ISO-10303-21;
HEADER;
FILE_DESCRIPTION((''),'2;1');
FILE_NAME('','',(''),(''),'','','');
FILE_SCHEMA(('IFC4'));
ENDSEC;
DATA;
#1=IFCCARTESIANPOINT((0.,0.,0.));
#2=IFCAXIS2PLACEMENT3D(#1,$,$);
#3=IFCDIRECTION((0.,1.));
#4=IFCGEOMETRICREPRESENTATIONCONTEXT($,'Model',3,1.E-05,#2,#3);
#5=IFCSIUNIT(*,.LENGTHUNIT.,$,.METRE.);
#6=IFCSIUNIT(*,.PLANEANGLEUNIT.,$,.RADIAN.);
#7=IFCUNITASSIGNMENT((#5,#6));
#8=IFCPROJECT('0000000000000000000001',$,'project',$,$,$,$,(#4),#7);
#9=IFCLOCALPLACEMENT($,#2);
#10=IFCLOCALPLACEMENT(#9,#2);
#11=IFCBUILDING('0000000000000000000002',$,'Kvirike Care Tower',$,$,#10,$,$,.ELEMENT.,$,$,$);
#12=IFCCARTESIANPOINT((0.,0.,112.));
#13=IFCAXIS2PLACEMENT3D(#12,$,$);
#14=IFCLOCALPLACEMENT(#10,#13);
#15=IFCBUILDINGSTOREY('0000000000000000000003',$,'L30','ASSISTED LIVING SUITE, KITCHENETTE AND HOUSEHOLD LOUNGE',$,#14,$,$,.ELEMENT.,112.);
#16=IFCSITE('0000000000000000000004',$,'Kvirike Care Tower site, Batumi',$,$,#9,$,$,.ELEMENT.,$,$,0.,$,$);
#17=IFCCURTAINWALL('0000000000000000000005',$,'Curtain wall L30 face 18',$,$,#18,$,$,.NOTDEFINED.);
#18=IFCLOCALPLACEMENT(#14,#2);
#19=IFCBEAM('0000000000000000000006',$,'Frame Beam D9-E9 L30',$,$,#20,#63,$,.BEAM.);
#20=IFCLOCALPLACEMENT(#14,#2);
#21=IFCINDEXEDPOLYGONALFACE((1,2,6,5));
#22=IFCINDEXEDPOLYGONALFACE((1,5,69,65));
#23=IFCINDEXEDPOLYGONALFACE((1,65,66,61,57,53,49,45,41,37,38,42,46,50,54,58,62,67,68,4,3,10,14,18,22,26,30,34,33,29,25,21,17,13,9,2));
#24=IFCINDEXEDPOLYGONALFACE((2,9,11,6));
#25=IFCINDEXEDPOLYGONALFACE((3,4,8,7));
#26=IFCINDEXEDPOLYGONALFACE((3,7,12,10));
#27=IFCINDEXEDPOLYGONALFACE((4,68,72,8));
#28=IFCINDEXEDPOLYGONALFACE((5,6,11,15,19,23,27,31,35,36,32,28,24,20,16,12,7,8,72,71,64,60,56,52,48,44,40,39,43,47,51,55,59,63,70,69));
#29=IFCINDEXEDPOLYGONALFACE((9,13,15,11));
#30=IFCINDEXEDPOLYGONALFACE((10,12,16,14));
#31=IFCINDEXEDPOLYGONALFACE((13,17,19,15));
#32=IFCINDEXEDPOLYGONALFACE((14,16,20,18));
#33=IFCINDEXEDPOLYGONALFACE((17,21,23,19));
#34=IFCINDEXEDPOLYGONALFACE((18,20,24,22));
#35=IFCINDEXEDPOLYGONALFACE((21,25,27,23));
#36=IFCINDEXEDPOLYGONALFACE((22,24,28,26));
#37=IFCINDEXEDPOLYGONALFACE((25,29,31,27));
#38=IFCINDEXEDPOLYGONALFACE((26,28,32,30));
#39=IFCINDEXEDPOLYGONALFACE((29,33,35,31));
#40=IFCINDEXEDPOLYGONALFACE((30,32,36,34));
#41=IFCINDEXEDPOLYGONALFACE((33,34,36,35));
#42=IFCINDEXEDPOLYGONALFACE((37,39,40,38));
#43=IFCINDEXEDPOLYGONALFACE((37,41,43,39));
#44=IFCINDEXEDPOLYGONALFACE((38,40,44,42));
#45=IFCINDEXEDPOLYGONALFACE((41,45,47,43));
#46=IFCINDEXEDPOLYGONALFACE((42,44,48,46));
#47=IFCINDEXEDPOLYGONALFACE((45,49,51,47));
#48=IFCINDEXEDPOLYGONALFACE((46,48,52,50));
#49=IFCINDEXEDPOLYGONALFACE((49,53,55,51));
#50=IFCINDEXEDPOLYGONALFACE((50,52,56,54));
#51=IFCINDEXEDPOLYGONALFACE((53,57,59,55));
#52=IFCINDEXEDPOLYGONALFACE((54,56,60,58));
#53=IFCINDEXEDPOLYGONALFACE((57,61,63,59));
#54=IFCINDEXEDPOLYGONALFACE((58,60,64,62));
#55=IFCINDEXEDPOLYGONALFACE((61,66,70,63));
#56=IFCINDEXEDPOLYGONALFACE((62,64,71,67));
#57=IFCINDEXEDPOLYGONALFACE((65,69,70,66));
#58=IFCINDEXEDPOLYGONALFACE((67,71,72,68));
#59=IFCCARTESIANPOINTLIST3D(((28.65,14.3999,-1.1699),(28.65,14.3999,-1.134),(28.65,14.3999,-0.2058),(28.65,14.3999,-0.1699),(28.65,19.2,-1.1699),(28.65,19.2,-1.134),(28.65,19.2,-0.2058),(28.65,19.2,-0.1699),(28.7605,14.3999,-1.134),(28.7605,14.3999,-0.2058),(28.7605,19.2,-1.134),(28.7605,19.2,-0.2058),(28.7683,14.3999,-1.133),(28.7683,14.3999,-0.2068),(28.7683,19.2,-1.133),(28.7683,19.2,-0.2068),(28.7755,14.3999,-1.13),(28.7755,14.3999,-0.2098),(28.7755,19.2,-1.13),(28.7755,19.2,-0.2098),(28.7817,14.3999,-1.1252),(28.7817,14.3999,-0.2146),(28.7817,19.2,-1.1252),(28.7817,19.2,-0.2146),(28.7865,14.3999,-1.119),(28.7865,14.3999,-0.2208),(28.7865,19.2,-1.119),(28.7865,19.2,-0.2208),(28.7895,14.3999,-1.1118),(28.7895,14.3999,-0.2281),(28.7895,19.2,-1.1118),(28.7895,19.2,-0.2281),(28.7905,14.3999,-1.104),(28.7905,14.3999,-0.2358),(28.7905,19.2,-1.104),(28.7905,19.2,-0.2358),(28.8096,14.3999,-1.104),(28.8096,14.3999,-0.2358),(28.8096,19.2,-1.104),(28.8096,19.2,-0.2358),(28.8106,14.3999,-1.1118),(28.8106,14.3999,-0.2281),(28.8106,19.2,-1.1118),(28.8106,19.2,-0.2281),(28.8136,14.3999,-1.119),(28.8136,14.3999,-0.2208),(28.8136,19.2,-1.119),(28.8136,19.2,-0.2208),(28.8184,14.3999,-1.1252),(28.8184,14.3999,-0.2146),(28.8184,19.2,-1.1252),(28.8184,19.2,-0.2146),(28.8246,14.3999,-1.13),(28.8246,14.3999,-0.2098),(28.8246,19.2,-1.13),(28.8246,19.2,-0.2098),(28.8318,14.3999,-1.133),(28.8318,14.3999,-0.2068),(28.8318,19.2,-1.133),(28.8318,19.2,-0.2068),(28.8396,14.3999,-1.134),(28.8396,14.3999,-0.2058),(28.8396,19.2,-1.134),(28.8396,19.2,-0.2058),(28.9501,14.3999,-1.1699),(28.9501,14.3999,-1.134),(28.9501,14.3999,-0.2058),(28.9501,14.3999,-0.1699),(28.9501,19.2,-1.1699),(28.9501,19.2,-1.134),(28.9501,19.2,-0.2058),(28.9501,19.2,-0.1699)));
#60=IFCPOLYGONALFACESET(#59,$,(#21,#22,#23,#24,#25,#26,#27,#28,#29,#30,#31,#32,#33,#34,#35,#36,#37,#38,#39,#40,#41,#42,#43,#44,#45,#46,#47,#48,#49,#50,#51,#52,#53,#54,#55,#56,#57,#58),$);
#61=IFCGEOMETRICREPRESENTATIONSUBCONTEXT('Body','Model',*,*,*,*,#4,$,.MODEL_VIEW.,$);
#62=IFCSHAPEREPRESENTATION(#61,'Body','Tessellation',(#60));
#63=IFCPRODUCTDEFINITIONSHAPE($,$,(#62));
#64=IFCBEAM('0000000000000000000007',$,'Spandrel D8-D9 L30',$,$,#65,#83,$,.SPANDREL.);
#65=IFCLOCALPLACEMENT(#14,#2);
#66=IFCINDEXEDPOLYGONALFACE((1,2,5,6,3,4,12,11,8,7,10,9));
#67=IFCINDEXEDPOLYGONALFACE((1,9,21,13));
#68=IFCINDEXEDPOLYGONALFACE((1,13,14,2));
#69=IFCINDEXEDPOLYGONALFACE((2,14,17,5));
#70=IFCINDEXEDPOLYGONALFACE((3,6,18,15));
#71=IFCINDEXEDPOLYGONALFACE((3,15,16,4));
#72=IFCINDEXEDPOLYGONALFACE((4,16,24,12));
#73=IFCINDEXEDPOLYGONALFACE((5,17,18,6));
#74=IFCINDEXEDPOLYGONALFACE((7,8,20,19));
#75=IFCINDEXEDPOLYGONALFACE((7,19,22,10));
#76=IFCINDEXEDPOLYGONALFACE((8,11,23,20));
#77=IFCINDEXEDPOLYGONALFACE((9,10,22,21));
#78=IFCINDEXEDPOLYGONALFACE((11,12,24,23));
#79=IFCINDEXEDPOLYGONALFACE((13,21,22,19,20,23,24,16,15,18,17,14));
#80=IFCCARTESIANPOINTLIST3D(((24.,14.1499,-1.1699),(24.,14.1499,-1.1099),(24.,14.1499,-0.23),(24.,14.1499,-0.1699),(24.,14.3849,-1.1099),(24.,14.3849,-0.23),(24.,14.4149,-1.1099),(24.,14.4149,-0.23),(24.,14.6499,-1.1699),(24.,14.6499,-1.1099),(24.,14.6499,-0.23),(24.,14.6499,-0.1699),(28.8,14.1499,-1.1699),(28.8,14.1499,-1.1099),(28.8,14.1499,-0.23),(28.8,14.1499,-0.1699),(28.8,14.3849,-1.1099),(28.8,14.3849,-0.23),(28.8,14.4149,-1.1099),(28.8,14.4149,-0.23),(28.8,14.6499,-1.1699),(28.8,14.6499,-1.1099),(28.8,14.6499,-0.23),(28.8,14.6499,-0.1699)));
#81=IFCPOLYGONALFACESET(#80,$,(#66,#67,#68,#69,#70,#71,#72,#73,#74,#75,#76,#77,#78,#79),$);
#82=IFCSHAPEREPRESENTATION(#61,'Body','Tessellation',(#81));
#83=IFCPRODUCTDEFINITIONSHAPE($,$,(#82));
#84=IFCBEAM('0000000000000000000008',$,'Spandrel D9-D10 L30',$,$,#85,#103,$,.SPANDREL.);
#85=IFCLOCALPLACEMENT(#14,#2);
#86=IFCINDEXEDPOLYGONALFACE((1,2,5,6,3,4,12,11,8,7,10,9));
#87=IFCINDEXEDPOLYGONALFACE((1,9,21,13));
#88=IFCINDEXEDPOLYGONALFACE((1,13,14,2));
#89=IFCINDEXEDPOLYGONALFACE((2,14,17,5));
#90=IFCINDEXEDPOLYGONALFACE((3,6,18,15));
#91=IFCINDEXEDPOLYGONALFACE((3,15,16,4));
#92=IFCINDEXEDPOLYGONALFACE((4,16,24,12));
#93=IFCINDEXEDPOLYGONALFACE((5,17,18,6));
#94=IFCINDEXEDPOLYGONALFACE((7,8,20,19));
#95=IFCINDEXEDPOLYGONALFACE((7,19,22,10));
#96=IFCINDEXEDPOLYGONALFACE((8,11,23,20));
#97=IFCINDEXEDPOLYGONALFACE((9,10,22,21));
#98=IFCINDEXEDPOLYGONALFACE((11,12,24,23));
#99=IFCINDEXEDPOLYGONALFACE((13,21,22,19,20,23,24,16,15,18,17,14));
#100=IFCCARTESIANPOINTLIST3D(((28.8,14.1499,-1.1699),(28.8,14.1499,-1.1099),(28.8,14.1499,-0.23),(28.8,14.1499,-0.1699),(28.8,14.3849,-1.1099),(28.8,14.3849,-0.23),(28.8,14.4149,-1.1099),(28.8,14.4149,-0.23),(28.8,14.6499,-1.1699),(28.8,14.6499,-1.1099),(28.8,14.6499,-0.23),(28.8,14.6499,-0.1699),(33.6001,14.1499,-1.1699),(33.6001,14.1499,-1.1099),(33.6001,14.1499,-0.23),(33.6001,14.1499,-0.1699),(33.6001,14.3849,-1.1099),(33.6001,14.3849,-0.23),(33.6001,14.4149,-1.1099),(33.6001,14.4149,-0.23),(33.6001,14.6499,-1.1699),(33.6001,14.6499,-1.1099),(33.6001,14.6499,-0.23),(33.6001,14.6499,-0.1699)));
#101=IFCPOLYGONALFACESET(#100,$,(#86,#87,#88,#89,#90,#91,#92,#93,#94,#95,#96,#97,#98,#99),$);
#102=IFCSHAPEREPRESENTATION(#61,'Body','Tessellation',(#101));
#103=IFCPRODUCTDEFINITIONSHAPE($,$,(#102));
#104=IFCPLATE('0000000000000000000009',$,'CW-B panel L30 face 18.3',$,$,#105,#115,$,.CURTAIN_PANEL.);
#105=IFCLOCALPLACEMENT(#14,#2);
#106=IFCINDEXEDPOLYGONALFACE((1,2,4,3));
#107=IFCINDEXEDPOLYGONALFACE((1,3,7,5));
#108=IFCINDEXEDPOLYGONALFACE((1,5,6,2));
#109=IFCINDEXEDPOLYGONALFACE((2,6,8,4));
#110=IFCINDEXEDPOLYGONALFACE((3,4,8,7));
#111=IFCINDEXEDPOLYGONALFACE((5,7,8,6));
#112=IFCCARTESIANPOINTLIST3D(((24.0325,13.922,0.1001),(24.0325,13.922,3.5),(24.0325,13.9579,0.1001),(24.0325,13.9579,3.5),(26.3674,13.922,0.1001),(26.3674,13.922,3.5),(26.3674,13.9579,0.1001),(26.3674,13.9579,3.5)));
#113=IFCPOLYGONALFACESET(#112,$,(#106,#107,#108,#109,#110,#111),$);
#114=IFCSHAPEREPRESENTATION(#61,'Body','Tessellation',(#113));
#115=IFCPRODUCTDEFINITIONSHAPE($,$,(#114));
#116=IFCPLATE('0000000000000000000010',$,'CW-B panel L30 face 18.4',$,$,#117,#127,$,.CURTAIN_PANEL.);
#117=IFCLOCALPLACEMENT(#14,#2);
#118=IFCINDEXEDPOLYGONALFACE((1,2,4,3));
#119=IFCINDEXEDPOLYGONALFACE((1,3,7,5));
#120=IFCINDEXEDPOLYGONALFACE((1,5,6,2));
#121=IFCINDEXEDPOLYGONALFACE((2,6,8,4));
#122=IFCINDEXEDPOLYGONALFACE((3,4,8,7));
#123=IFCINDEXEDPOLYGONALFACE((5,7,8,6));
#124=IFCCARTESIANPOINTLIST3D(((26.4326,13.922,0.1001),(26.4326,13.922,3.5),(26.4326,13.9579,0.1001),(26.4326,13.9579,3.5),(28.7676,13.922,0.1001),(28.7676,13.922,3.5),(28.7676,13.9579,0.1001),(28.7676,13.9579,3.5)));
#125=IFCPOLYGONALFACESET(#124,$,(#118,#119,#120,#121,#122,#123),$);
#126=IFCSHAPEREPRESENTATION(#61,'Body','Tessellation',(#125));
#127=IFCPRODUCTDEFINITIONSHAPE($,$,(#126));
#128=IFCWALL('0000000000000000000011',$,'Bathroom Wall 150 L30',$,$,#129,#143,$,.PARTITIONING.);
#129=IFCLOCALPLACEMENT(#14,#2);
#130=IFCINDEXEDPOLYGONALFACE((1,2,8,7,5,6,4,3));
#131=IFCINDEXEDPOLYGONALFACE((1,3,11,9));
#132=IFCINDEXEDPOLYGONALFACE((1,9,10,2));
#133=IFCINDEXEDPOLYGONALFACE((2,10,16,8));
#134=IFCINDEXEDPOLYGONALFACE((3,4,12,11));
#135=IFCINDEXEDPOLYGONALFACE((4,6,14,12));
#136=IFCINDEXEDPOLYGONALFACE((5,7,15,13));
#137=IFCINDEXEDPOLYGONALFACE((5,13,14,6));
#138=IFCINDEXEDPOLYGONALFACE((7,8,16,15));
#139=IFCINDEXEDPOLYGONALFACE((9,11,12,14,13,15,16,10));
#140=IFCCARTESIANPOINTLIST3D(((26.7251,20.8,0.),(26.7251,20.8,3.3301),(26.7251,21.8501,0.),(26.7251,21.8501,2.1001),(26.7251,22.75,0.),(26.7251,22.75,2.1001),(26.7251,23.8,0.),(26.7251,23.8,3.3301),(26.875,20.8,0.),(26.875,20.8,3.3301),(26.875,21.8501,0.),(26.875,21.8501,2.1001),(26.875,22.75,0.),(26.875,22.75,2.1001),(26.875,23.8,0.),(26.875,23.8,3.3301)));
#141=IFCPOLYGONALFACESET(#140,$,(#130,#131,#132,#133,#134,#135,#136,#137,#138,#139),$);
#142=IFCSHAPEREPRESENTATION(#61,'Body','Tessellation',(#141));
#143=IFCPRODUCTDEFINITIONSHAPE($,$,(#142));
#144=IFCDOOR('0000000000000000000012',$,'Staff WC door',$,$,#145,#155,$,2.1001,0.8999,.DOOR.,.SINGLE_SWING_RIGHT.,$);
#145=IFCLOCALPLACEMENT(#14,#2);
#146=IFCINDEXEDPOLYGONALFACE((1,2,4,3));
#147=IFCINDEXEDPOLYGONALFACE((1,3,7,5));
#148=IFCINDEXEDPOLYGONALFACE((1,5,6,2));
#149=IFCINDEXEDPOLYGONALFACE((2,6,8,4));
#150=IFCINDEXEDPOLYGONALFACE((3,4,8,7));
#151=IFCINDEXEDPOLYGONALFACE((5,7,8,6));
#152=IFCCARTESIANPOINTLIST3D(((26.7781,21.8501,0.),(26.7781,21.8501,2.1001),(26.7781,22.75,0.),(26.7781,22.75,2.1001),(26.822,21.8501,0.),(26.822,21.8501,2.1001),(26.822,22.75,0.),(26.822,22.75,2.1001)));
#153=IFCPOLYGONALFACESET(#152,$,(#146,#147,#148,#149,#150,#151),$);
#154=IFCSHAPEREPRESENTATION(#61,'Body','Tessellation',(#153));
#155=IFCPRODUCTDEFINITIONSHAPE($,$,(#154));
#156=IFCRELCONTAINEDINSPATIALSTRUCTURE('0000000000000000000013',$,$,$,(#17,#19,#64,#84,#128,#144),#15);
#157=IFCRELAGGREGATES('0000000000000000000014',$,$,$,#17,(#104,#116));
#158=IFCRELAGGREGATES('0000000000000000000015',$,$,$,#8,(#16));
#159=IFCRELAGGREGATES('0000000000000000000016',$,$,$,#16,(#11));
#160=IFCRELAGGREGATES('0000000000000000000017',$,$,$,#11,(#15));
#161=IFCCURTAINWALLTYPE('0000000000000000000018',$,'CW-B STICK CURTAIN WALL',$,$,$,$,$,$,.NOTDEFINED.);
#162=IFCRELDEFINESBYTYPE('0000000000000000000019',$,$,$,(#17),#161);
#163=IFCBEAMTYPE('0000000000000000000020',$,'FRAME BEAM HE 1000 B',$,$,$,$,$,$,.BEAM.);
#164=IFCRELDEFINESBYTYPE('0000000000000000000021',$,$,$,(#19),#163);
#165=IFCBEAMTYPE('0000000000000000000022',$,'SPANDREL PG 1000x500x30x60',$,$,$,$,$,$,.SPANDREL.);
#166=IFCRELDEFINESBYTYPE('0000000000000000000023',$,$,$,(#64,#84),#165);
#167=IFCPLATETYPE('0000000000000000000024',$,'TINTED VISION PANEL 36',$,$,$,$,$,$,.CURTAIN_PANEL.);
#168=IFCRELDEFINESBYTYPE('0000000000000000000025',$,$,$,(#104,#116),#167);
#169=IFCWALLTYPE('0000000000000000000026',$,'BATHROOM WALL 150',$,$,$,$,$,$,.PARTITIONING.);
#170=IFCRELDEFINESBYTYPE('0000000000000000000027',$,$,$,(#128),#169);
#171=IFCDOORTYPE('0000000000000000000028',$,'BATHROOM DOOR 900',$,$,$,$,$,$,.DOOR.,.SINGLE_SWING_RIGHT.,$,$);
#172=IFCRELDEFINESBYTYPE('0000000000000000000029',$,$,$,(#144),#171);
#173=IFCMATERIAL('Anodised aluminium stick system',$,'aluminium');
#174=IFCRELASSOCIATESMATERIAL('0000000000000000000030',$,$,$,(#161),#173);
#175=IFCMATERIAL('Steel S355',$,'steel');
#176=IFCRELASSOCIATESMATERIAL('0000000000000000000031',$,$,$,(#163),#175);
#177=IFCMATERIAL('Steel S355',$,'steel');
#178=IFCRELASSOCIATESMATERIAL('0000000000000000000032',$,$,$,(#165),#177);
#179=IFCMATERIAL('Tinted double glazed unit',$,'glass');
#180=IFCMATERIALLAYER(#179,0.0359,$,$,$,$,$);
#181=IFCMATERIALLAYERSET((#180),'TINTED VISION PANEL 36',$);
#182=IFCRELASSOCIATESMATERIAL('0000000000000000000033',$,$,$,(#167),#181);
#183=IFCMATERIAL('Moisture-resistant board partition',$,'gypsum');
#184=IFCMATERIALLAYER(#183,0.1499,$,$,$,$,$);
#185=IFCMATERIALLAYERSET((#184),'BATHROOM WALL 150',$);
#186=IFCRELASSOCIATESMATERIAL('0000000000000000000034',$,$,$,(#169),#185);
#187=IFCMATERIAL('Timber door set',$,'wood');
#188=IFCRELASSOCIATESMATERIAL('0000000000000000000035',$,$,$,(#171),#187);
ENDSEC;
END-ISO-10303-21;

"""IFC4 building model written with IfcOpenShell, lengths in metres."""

from ifc_helpers import new_model, si_unit, direction, frame, frame_2d, origin, origin_2d, place, context, subcontext, project, spatial, rectangle, i_section, extrude, material, layer, layer_set, material_profile, profile_set, type_object, element, fill, aggregate, save


model = new_model("IFC4")

# Units and contexts
model_context = context("Model", 3, precision=1e-05, world=origin(), true_north=direction((0.0, 1.0)))
body_context = subcontext(model_context, "Body", "Model", "MODEL_VIEW")
ifc_project = project(units=[si_unit("LENGTHUNIT", "METRE"), si_unit("PLANEANGLEUNIT", "RADIAN")], contexts=[model_context])

# Site, building, storey
site_placement = place(None, origin())
site = spatial("IfcSite", under=ifc_project, at=site_placement, Name="Kvirike Care Tower site, Batumi", CompositionType="ELEMENT", RefElevation=0.0)
building_placement = place(site_placement, origin())
building = spatial("IfcBuilding", under=site, at=building_placement, Name="Kvirike Care Tower", CompositionType="ELEMENT")
storey_placement = place(building_placement, frame((0.0, 0.0, 112.0)))
storey = spatial("IfcBuildingStorey", under=building, at=storey_placement, Name="L30", Description="ASSISTED LIVING SUITE, KITCHENETTE AND HOUSEHOLD LOUNGE", CompositionType="ELEMENT", Elevation=112.0)

# Curtain wall
ifc_material_1 = material(Name="Anodised aluminium stick system", Category="aluminium")
curtain_wall_type = type_object("IfcCurtainWallType", Name="CW-B STICK CURTAIN WALL", PredefinedType="NOTDEFINED", material=ifc_material_1)
curtain_wall_placement = place(storey_placement, origin())
curtain_wall = element("IfcCurtainWall", 1, at=curtain_wall_placement, inside=storey, type_object=curtain_wall_type, Name="Curtain wall L30 face 18", PredefinedType="NOTDEFINED")

# Beams
ifc_material_2 = material(Name="Steel S355", Category="steel")
ifc_material_profile_1 = material_profile(ifc_material_2, i_section(OverallWidth=0.3, OverallDepth=1.0, WebThickness=0.019, FlangeThickness=0.0359, FilletRadius=0.03, at=origin_2d()), Name="HE 1000 B")
ifc_profile_set_1 = profile_set([ifc_material_profile_1], Name="Steel S355")
beam_type_1 = type_object("IfcBeamType", Name="FRAME BEAM HE 1000 B", PredefinedType="BEAM", material=ifc_profile_set_1)
beam_placement = place(storey_placement, frame((28.8, 14.3999, -0.6699), z_axis=(0.0, 1.0, 0.0), x_axis=(-1.0, 0.0, 0.0)))
element("IfcBeam", 2, at=beam_placement, inside=storey, type_object=beam_type_1, Name="Frame Beam D9-E9 L30", PredefinedType="BEAM", context=body_context, shape_type="SweptSolid", body=[
    extrude(i_section(OverallWidth=0.3, OverallDepth=1.0, WebThickness=0.019, FlangeThickness=0.0359, FilletRadius=0.03, at=origin_2d()), origin(), (0.0, 0.0, 1.0), 4.8),
])
ifc_material_3 = material(Name="Steel S355", Category="steel")
ifc_material_profile_2 = material_profile(ifc_material_3, i_section(OverallWidth=0.5, OverallDepth=1.0, WebThickness=0.03, FlangeThickness=0.0601, at=origin_2d()), Name="PG 1000x500x30x60")
ifc_profile_set_2 = profile_set([ifc_material_profile_2], Name="Steel S355")
beam_type_2 = type_object("IfcBeamType", Name="SPANDREL PG 1000x500x30x60", PredefinedType="SPANDREL", material=ifc_profile_set_2)
for number, where, z_axis, x_axis, name in (
    (3, (24.0, 14.3999, -0.6699), (1.0, 0.0, 0.0), (0.0, 1.0, 0.0), "Spandrel D8-D9 L30"),
    (4, (28.8, 14.3999, -0.6699), (1.0, 0.0, 0.0), (0.0, 1.0, 0.0), "Spandrel D9-D10 L30"),
):
    element("IfcBeam", number, at=place(storey_placement, frame(where, z_axis=z_axis, x_axis=x_axis)), inside=storey, type_object=beam_type_2, Name=name, PredefinedType="SPANDREL", context=body_context, shape_type="SweptSolid", body=[
        extrude(i_section(OverallWidth=0.5, OverallDepth=1.0, WebThickness=0.03, FlangeThickness=0.0601, at=origin_2d()), origin(), (0.0, 0.0, 1.0), 4.8),
    ])

# Plates
ifc_material_4 = material(Name="Tinted double glazed unit", Category="glass")
ifc_layer_1 = layer(ifc_material_4, 0.0359)
ifc_layer_set_1 = layer_set([ifc_layer_1], Name="TINTED VISION PANEL 36")
plate_type = type_object("IfcPlateType", Name="TINTED VISION PANEL 36", PredefinedType="CURTAIN_PANEL", material=ifc_layer_set_1)
plate_1_placement = place(storey_placement, frame((25.2, 13.9399, 0.1001), z_axis=(0.0, 0.0, 1.0), x_axis=(1.0, 0.0, 0.0)))
plate_1 = element("IfcPlate", 5, at=plate_1_placement, type_object=plate_type, Name="CW-B panel L30 face 18.3", PredefinedType="CURTAIN_PANEL", context=body_context, shape_type="SweptSolid", body=[
    extrude(rectangle(XDim=2.335, YDim=0.0359, at=origin_2d()), origin(), (0.0, 0.0, 1.0), 3.3999),
])
plate_2_placement = place(storey_placement, frame((27.6001, 13.9399, 0.1001), z_axis=(0.0, 0.0, 1.0), x_axis=(1.0, 0.0, 0.0)))
plate_2 = element("IfcPlate", 6, at=plate_2_placement, type_object=plate_type, Name="CW-B panel L30 face 18.4", PredefinedType="CURTAIN_PANEL", context=body_context, shape_type="SweptSolid", body=[
    extrude(rectangle(XDim=2.335, YDim=0.0359, at=origin_2d()), origin(), (0.0, 0.0, 1.0), 3.3999),
])
aggregate(curtain_wall, [plate_1, plate_2])

# Wall, opening, door
ifc_material_5 = material(Name="Moisture-resistant board partition", Category="gypsum")
ifc_layer_2 = layer(ifc_material_5, 0.1499)
ifc_layer_set_2 = layer_set([ifc_layer_2], Name="BATHROOM WALL 150")
wall_type_1 = type_object("IfcWallType", Name="BATHROOM WALL 150", PredefinedType="PARTITIONING", material=ifc_layer_set_2)
wall_1_placement = place(storey_placement, frame((26.8, 20.8, 0.0), z_axis=(0.0, 0.0, 1.0), x_axis=(0.0, 1.0, 0.0)))
wall_1 = element("IfcWall", 7, at=wall_1_placement, inside=storey, type_object=wall_type_1, Name="Bathroom Wall 150 L30", PredefinedType="PARTITIONING", context=body_context, shape_type="SweptSolid", body=[
    extrude(rectangle(XDim=3.0, YDim=0.1499, at=frame_2d((1.5, 0.0))), origin(), (0.0, 0.0, 1.0), 3.3301),
])
opening_1_placement = place(wall_1_placement, frame((1.05, 0.0, 0.0)))
opening_1 = element("IfcOpeningElement", 8, at=opening_1_placement, cuts=wall_1, PredefinedType="OPENING", context=body_context, shape_type="SweptSolid", body=[
    extrude(rectangle(XDim=0.8999, YDim=2.1001, at=frame_2d((0.45, 1.05))), frame((0.0, 0.0854, 0.0), z_axis=(0.0, -1.0, 0.0), x_axis=(1.0, 0.0, 0.0)), (0.0, 0.0, 1.0), 0.1709),
])
ifc_material_6 = material(Name="Timber door set", Category="wood")
door_type_1 = type_object("IfcDoorType", Name="BATHROOM DOOR 900", OperationType="SINGLE_SWING_RIGHT", PredefinedType="DOOR", material=ifc_material_6)
door_1_placement = place(opening_1_placement, origin())
door_1 = element("IfcDoor", 9, at=door_1_placement, inside=storey, type_object=door_type_1, Name="Staff WC door", OperationType="SINGLE_SWING_RIGHT", OverallHeight=2.1001, OverallWidth=0.8999, PredefinedType="DOOR", context=body_context, shape_type="SweptSolid", body=[
    extrude(rectangle(XDim=0.8999, YDim=2.1001, at=frame_2d((0.45, 1.05))), frame((0.0, 0.022, 0.0), z_axis=(0.0, -1.0, 0.0), x_axis=(1.0, 0.0, 0.0)), (0.0, 0.0, 1.0), 0.0439),
])
fill(opening_1, door_1)

save(model, "model.ifc")
